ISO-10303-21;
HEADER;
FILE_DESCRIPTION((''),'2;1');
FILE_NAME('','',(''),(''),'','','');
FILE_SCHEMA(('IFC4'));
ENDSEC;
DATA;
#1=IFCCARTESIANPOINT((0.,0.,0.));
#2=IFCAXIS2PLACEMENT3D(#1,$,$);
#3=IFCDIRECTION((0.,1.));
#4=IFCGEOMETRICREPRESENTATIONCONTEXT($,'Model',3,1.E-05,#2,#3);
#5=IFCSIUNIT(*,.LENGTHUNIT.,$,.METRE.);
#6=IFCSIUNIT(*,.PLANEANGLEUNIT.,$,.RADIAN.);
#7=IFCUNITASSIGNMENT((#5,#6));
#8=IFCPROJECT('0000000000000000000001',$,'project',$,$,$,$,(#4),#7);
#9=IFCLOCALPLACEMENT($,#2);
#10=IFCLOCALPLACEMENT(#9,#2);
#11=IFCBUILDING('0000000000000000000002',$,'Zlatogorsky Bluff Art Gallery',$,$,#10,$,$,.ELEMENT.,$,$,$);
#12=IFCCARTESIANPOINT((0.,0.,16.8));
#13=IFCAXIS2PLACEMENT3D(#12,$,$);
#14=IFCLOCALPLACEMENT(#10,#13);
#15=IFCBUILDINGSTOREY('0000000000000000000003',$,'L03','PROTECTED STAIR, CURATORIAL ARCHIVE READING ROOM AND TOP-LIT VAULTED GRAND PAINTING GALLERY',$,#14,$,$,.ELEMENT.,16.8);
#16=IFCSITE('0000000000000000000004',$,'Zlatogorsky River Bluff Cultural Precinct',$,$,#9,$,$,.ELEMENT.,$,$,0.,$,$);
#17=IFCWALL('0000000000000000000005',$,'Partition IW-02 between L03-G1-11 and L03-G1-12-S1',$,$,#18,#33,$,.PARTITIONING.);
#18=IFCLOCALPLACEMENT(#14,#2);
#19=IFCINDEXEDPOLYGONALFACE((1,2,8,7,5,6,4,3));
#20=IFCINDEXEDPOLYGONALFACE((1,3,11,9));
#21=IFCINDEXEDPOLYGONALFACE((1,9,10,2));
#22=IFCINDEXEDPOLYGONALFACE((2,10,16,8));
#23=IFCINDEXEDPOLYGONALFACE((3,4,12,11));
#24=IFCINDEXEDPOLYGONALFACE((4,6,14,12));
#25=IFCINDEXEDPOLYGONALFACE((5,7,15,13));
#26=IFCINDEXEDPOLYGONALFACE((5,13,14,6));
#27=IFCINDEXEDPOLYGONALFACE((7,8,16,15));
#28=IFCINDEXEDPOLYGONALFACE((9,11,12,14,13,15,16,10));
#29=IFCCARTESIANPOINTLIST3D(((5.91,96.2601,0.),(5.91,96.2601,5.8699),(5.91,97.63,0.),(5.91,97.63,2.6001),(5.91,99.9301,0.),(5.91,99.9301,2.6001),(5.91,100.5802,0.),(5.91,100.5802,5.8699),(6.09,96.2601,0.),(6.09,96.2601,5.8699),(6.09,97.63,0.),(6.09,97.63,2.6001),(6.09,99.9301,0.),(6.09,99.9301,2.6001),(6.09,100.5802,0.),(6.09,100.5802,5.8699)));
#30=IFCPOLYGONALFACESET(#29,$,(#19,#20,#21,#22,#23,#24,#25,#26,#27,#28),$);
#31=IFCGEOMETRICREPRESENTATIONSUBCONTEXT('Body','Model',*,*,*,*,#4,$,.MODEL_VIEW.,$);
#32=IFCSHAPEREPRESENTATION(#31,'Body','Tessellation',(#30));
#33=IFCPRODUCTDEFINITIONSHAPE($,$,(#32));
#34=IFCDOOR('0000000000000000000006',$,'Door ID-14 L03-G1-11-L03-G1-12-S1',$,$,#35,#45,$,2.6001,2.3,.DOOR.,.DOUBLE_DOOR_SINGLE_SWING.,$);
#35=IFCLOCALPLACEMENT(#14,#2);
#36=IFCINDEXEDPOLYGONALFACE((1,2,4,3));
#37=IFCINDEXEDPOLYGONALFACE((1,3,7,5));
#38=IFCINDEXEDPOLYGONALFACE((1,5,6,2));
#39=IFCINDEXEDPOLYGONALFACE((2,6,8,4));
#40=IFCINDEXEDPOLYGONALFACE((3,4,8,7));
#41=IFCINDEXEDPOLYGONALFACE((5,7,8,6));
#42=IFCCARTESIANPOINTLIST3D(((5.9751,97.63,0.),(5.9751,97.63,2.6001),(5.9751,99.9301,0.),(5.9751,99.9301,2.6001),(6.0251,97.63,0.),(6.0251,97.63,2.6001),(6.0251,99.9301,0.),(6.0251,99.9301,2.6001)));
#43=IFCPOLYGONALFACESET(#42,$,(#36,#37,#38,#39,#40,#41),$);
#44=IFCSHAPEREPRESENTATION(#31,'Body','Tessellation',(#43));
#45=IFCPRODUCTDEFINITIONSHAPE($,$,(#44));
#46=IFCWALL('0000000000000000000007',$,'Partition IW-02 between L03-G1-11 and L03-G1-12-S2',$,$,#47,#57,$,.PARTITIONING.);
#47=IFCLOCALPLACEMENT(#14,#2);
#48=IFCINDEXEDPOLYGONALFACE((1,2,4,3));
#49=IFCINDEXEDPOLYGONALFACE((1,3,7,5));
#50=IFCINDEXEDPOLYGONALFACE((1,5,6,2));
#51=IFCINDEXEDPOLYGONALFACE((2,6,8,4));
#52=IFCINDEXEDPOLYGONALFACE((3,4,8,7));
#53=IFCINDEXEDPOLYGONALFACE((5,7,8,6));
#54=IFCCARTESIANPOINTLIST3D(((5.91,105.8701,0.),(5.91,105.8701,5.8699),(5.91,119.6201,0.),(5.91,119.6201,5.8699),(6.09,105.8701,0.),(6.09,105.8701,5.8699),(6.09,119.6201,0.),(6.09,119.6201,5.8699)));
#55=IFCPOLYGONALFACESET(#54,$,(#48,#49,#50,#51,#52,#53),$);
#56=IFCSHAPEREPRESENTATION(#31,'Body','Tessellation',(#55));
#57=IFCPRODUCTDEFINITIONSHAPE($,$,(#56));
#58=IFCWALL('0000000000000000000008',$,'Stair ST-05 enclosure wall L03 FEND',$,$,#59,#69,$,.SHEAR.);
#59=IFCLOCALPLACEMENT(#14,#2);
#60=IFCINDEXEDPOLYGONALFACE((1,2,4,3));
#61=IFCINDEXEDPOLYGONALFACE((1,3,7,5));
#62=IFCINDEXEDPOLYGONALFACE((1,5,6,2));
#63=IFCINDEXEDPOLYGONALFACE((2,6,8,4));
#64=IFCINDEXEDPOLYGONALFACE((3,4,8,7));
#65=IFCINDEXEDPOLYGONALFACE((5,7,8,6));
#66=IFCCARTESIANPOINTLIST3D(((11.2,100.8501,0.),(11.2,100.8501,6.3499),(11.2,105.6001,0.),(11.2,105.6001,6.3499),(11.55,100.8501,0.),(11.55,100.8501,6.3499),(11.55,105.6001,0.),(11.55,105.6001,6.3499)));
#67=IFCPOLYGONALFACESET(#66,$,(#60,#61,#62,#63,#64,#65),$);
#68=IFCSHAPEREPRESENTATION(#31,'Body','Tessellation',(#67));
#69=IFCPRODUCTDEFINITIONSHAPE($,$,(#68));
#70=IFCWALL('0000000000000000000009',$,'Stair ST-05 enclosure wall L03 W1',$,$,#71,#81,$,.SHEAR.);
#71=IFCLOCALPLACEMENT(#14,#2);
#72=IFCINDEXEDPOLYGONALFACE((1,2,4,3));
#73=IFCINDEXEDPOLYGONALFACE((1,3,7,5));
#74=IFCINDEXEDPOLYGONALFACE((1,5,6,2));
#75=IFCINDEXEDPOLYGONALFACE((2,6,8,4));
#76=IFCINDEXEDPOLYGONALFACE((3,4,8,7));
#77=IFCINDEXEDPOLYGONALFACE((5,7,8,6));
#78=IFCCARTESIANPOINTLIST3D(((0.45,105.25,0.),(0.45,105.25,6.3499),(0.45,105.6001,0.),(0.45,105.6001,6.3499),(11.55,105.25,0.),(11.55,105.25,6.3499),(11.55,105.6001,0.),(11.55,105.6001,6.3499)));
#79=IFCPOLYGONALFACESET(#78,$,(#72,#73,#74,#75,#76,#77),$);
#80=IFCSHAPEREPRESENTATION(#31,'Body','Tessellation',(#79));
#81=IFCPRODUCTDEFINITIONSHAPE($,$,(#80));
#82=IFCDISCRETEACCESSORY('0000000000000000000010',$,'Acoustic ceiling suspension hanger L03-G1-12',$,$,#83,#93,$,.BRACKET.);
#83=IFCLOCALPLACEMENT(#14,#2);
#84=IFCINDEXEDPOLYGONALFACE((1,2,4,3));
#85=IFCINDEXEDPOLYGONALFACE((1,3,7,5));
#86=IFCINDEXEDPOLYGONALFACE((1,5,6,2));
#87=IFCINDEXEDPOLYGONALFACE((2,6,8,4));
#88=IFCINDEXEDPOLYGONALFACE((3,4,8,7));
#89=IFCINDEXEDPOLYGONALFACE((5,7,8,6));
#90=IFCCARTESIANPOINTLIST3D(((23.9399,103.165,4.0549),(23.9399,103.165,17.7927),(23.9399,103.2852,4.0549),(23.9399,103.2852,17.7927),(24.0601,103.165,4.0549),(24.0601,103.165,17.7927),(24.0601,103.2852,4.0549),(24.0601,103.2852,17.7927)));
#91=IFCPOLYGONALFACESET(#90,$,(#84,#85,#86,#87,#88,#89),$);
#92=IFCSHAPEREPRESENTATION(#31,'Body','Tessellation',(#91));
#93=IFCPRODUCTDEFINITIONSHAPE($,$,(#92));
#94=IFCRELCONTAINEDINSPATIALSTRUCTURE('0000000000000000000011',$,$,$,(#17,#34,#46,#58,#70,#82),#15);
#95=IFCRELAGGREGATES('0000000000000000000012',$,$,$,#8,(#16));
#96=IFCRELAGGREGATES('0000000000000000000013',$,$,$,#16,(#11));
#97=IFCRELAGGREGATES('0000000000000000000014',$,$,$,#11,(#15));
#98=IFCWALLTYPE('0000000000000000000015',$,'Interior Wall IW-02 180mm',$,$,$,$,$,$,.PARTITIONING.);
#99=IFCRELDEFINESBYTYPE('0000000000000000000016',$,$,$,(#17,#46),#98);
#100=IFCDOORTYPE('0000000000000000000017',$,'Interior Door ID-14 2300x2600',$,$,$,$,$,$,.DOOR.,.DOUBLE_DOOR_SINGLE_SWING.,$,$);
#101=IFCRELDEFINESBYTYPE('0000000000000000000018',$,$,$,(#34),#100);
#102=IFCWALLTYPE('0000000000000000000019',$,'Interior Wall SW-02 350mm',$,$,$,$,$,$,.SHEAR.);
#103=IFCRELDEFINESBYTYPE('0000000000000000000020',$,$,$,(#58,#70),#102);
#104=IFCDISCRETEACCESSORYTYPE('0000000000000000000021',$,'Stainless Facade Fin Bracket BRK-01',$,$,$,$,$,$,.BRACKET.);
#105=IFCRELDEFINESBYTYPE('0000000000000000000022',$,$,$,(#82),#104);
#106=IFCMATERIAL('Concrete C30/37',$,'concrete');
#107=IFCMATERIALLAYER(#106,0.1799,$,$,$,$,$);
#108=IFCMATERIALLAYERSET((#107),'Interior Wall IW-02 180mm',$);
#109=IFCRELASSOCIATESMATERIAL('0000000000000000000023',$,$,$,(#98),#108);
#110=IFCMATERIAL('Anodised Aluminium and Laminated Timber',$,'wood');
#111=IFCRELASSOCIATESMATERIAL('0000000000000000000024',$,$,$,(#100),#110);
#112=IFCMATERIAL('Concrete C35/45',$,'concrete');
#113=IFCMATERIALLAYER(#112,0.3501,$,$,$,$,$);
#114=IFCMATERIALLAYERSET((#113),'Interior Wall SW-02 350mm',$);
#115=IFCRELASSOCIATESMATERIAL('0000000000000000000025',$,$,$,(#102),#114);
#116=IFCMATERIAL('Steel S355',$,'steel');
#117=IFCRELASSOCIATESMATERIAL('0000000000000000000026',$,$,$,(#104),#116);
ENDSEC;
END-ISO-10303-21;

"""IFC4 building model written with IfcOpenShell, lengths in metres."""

from ifc_helpers import new_model, si_unit, direction, frame, frame_2d, origin, origin_2d, place, context, subcontext, project, spatial, rectangle, extrude, material, layer, layer_set, type_object, element, fill, save


model = new_model("IFC4")

# Units and contexts
model_context = context("Model", 3, precision=1e-05, world=origin(), true_north=direction((0.0, 1.0)))
body_context = subcontext(model_context, "Body", "Model", "MODEL_VIEW")
ifc_project = project(units=[si_unit("LENGTHUNIT", "METRE"), si_unit("PLANEANGLEUNIT", "RADIAN")], contexts=[model_context])

# Site, building, storey
site_placement = place(None, origin())
site = spatial("IfcSite", under=ifc_project, at=site_placement, Name="Zlatogorsky River Bluff Cultural Precinct", CompositionType="ELEMENT", RefElevation=0.0)
building_placement = place(site_placement, origin())
building = spatial("IfcBuilding", under=site, at=building_placement, Name="Zlatogorsky Bluff Art Gallery", CompositionType="ELEMENT")
storey_placement = place(building_placement, frame((0.0, 0.0, 16.8)))
storey = spatial("IfcBuildingStorey", under=building, at=storey_placement, Name="L03", Description="PROTECTED STAIR, CURATORIAL ARCHIVE READING ROOM AND TOP-LIT VAULTED GRAND PAINTING GALLERY", CompositionType="ELEMENT", Elevation=16.8)

# Shared definitions
ifc_material_1 = material(Name="Steel S355", Category="steel")

# Wall, opening, door
ifc_material_2 = material(Name="Concrete C30/37", Category="concrete")
ifc_layer_1 = layer(ifc_material_2, 0.1799)
ifc_layer_set_1 = layer_set([ifc_layer_1], Name="Interior Wall IW-02 180mm")
wall_type_1 = type_object("IfcWallType", Name="Interior Wall IW-02 180mm", PredefinedType="PARTITIONING", material=ifc_layer_set_1)
wall_1_placement = place(storey_placement, frame((6.0, 96.26, 0.0), z_axis=(0.0, 0.0, 1.0), x_axis=(0.0, 1.0, 0.0)))
wall_1 = element("IfcWall", 1, at=wall_1_placement, inside=storey, type_object=wall_type_1, Name="Partition IW-02 between L03-G1-11 and L03-G1-12-S1", PredefinedType="PARTITIONING", context=body_context, shape_type="SweptSolid", body=[
    extrude(rectangle(XDim=4.3201, YDim=0.1799, at=frame_2d((2.1602, 0.0))), origin(), (0.0, 0.0, 1.0), 5.8699),
])
opening_placement = place(wall_1_placement, frame((1.3701, 0.0, 0.0)))
opening = element("IfcOpeningElement", 2, at=opening_placement, cuts=wall_1, PredefinedType="OPENING", context=body_context, shape_type="SweptSolid", body=[
    extrude(rectangle(XDim=2.3, YDim=2.6001, at=frame_2d((1.1499, 1.3))), frame((0.0, 0.0999, 0.0), z_axis=(0.0, -1.0, 0.0), x_axis=(1.0, 0.0, 0.0)), (0.0, 0.0, 1.0), 0.2),
])
ifc_material_3 = material(Name="Anodised Aluminium and Laminated Timber", Category="wood")
door_type = type_object("IfcDoorType", Name="Interior Door ID-14 2300x2600", OperationType="DOUBLE_DOOR_SINGLE_SWING", PredefinedType="DOOR", material=ifc_material_3)
door_placement = place(opening_placement, origin())
door = element("IfcDoor", 3, at=door_placement, inside=storey, type_object=door_type, Name="Door ID-14 L03-G1-11-L03-G1-12-S1", OperationType="DOUBLE_DOOR_SINGLE_SWING", OverallHeight=2.6001, OverallWidth=2.3, PredefinedType="DOOR", context=body_context, shape_type="SweptSolid", body=[
    extrude(rectangle(XDim=2.3, YDim=2.6001, at=frame_2d((1.1499, 1.3))), frame((0.0, 0.0249, 0.0), z_axis=(0.0, -1.0, 0.0), x_axis=(1.0, 0.0, 0.0)), (0.0, 0.0, 1.0), 0.05),
])
fill(opening, door)

# Walls
wall_2_placement = place(storey_placement, frame((6.0, 105.8701, 0.0), z_axis=(0.0, 0.0, 1.0), x_axis=(0.0, 1.0, 0.0)))
element("IfcWall", 4, at=wall_2_placement, inside=storey, type_object=wall_type_1, Name="Partition IW-02 between L03-G1-11 and L03-G1-12-S2", PredefinedType="PARTITIONING", context=body_context, shape_type="SweptSolid", body=[
    extrude(rectangle(XDim=13.75, YDim=0.1799, at=frame_2d((6.875, 0.0))), origin(), (0.0, 0.0, 1.0), 5.8699),
])
ifc_material_4 = material(Name="Concrete C35/45", Category="concrete")
ifc_layer_2 = layer(ifc_material_4, 0.3501)
ifc_layer_set_2 = layer_set([ifc_layer_2], Name="Interior Wall SW-02 350mm")
wall_type_2 = type_object("IfcWallType", Name="Interior Wall SW-02 350mm", PredefinedType="SHEAR", material=ifc_layer_set_2)
wall_3_placement = place(storey_placement, frame((11.375, 100.8501, 0.0), z_axis=(0.0, 0.0, 1.0), x_axis=(0.0, 1.0, 0.0)))
element("IfcWall", 5, at=wall_3_placement, inside=storey, type_object=wall_type_2, Name="Stair ST-05 enclosure wall L03 FEND", PredefinedType="SHEAR", context=body_context, shape_type="SweptSolid", body=[
    extrude(rectangle(XDim=4.75, YDim=0.3501, at=frame_2d((2.375, 0.0))), origin(), (0.0, 0.0, 1.0), 6.3499),
])
wall_4_placement = place(storey_placement, frame((11.55, 105.425, 0.0), z_axis=(0.0, 0.0, 1.0), x_axis=(-1.0, 0.0, 0.0)))
element("IfcWall", 6, at=wall_4_placement, inside=storey, type_object=wall_type_2, Name="Stair ST-05 enclosure wall L03 W1", PredefinedType="SHEAR", context=body_context, shape_type="SweptSolid", body=[
    extrude(rectangle(XDim=11.1001, YDim=0.3501, at=frame_2d((5.55, 0.0))), origin(), (0.0, 0.0, 1.0), 6.3499),
])

# Discrete accessory
discrete_accessory_type = type_object("IfcDiscreteAccessoryType", Name="Stainless Facade Fin Bracket BRK-01", PredefinedType="BRACKET", material=ifc_material_1)
discrete_accessory_placement = place(storey_placement, frame((24.0, 103.2251, 4.0549), z_axis=(0.0, 0.0, 1.0), x_axis=(1.0, 0.0, 0.0)))
element("IfcDiscreteAccessory", 7, at=discrete_accessory_placement, inside=storey, type_object=discrete_accessory_type, Name="Acoustic ceiling suspension hanger L03-G1-12", PredefinedType="BRACKET", context=body_context, shape_type="SweptSolid", body=[
    extrude(rectangle(XDim=0.1201, YDim=0.1201, at=origin_2d()), origin(), (0.0, 0.0, 1.0), 13.7378),
])

save(model, "model.ifc")
